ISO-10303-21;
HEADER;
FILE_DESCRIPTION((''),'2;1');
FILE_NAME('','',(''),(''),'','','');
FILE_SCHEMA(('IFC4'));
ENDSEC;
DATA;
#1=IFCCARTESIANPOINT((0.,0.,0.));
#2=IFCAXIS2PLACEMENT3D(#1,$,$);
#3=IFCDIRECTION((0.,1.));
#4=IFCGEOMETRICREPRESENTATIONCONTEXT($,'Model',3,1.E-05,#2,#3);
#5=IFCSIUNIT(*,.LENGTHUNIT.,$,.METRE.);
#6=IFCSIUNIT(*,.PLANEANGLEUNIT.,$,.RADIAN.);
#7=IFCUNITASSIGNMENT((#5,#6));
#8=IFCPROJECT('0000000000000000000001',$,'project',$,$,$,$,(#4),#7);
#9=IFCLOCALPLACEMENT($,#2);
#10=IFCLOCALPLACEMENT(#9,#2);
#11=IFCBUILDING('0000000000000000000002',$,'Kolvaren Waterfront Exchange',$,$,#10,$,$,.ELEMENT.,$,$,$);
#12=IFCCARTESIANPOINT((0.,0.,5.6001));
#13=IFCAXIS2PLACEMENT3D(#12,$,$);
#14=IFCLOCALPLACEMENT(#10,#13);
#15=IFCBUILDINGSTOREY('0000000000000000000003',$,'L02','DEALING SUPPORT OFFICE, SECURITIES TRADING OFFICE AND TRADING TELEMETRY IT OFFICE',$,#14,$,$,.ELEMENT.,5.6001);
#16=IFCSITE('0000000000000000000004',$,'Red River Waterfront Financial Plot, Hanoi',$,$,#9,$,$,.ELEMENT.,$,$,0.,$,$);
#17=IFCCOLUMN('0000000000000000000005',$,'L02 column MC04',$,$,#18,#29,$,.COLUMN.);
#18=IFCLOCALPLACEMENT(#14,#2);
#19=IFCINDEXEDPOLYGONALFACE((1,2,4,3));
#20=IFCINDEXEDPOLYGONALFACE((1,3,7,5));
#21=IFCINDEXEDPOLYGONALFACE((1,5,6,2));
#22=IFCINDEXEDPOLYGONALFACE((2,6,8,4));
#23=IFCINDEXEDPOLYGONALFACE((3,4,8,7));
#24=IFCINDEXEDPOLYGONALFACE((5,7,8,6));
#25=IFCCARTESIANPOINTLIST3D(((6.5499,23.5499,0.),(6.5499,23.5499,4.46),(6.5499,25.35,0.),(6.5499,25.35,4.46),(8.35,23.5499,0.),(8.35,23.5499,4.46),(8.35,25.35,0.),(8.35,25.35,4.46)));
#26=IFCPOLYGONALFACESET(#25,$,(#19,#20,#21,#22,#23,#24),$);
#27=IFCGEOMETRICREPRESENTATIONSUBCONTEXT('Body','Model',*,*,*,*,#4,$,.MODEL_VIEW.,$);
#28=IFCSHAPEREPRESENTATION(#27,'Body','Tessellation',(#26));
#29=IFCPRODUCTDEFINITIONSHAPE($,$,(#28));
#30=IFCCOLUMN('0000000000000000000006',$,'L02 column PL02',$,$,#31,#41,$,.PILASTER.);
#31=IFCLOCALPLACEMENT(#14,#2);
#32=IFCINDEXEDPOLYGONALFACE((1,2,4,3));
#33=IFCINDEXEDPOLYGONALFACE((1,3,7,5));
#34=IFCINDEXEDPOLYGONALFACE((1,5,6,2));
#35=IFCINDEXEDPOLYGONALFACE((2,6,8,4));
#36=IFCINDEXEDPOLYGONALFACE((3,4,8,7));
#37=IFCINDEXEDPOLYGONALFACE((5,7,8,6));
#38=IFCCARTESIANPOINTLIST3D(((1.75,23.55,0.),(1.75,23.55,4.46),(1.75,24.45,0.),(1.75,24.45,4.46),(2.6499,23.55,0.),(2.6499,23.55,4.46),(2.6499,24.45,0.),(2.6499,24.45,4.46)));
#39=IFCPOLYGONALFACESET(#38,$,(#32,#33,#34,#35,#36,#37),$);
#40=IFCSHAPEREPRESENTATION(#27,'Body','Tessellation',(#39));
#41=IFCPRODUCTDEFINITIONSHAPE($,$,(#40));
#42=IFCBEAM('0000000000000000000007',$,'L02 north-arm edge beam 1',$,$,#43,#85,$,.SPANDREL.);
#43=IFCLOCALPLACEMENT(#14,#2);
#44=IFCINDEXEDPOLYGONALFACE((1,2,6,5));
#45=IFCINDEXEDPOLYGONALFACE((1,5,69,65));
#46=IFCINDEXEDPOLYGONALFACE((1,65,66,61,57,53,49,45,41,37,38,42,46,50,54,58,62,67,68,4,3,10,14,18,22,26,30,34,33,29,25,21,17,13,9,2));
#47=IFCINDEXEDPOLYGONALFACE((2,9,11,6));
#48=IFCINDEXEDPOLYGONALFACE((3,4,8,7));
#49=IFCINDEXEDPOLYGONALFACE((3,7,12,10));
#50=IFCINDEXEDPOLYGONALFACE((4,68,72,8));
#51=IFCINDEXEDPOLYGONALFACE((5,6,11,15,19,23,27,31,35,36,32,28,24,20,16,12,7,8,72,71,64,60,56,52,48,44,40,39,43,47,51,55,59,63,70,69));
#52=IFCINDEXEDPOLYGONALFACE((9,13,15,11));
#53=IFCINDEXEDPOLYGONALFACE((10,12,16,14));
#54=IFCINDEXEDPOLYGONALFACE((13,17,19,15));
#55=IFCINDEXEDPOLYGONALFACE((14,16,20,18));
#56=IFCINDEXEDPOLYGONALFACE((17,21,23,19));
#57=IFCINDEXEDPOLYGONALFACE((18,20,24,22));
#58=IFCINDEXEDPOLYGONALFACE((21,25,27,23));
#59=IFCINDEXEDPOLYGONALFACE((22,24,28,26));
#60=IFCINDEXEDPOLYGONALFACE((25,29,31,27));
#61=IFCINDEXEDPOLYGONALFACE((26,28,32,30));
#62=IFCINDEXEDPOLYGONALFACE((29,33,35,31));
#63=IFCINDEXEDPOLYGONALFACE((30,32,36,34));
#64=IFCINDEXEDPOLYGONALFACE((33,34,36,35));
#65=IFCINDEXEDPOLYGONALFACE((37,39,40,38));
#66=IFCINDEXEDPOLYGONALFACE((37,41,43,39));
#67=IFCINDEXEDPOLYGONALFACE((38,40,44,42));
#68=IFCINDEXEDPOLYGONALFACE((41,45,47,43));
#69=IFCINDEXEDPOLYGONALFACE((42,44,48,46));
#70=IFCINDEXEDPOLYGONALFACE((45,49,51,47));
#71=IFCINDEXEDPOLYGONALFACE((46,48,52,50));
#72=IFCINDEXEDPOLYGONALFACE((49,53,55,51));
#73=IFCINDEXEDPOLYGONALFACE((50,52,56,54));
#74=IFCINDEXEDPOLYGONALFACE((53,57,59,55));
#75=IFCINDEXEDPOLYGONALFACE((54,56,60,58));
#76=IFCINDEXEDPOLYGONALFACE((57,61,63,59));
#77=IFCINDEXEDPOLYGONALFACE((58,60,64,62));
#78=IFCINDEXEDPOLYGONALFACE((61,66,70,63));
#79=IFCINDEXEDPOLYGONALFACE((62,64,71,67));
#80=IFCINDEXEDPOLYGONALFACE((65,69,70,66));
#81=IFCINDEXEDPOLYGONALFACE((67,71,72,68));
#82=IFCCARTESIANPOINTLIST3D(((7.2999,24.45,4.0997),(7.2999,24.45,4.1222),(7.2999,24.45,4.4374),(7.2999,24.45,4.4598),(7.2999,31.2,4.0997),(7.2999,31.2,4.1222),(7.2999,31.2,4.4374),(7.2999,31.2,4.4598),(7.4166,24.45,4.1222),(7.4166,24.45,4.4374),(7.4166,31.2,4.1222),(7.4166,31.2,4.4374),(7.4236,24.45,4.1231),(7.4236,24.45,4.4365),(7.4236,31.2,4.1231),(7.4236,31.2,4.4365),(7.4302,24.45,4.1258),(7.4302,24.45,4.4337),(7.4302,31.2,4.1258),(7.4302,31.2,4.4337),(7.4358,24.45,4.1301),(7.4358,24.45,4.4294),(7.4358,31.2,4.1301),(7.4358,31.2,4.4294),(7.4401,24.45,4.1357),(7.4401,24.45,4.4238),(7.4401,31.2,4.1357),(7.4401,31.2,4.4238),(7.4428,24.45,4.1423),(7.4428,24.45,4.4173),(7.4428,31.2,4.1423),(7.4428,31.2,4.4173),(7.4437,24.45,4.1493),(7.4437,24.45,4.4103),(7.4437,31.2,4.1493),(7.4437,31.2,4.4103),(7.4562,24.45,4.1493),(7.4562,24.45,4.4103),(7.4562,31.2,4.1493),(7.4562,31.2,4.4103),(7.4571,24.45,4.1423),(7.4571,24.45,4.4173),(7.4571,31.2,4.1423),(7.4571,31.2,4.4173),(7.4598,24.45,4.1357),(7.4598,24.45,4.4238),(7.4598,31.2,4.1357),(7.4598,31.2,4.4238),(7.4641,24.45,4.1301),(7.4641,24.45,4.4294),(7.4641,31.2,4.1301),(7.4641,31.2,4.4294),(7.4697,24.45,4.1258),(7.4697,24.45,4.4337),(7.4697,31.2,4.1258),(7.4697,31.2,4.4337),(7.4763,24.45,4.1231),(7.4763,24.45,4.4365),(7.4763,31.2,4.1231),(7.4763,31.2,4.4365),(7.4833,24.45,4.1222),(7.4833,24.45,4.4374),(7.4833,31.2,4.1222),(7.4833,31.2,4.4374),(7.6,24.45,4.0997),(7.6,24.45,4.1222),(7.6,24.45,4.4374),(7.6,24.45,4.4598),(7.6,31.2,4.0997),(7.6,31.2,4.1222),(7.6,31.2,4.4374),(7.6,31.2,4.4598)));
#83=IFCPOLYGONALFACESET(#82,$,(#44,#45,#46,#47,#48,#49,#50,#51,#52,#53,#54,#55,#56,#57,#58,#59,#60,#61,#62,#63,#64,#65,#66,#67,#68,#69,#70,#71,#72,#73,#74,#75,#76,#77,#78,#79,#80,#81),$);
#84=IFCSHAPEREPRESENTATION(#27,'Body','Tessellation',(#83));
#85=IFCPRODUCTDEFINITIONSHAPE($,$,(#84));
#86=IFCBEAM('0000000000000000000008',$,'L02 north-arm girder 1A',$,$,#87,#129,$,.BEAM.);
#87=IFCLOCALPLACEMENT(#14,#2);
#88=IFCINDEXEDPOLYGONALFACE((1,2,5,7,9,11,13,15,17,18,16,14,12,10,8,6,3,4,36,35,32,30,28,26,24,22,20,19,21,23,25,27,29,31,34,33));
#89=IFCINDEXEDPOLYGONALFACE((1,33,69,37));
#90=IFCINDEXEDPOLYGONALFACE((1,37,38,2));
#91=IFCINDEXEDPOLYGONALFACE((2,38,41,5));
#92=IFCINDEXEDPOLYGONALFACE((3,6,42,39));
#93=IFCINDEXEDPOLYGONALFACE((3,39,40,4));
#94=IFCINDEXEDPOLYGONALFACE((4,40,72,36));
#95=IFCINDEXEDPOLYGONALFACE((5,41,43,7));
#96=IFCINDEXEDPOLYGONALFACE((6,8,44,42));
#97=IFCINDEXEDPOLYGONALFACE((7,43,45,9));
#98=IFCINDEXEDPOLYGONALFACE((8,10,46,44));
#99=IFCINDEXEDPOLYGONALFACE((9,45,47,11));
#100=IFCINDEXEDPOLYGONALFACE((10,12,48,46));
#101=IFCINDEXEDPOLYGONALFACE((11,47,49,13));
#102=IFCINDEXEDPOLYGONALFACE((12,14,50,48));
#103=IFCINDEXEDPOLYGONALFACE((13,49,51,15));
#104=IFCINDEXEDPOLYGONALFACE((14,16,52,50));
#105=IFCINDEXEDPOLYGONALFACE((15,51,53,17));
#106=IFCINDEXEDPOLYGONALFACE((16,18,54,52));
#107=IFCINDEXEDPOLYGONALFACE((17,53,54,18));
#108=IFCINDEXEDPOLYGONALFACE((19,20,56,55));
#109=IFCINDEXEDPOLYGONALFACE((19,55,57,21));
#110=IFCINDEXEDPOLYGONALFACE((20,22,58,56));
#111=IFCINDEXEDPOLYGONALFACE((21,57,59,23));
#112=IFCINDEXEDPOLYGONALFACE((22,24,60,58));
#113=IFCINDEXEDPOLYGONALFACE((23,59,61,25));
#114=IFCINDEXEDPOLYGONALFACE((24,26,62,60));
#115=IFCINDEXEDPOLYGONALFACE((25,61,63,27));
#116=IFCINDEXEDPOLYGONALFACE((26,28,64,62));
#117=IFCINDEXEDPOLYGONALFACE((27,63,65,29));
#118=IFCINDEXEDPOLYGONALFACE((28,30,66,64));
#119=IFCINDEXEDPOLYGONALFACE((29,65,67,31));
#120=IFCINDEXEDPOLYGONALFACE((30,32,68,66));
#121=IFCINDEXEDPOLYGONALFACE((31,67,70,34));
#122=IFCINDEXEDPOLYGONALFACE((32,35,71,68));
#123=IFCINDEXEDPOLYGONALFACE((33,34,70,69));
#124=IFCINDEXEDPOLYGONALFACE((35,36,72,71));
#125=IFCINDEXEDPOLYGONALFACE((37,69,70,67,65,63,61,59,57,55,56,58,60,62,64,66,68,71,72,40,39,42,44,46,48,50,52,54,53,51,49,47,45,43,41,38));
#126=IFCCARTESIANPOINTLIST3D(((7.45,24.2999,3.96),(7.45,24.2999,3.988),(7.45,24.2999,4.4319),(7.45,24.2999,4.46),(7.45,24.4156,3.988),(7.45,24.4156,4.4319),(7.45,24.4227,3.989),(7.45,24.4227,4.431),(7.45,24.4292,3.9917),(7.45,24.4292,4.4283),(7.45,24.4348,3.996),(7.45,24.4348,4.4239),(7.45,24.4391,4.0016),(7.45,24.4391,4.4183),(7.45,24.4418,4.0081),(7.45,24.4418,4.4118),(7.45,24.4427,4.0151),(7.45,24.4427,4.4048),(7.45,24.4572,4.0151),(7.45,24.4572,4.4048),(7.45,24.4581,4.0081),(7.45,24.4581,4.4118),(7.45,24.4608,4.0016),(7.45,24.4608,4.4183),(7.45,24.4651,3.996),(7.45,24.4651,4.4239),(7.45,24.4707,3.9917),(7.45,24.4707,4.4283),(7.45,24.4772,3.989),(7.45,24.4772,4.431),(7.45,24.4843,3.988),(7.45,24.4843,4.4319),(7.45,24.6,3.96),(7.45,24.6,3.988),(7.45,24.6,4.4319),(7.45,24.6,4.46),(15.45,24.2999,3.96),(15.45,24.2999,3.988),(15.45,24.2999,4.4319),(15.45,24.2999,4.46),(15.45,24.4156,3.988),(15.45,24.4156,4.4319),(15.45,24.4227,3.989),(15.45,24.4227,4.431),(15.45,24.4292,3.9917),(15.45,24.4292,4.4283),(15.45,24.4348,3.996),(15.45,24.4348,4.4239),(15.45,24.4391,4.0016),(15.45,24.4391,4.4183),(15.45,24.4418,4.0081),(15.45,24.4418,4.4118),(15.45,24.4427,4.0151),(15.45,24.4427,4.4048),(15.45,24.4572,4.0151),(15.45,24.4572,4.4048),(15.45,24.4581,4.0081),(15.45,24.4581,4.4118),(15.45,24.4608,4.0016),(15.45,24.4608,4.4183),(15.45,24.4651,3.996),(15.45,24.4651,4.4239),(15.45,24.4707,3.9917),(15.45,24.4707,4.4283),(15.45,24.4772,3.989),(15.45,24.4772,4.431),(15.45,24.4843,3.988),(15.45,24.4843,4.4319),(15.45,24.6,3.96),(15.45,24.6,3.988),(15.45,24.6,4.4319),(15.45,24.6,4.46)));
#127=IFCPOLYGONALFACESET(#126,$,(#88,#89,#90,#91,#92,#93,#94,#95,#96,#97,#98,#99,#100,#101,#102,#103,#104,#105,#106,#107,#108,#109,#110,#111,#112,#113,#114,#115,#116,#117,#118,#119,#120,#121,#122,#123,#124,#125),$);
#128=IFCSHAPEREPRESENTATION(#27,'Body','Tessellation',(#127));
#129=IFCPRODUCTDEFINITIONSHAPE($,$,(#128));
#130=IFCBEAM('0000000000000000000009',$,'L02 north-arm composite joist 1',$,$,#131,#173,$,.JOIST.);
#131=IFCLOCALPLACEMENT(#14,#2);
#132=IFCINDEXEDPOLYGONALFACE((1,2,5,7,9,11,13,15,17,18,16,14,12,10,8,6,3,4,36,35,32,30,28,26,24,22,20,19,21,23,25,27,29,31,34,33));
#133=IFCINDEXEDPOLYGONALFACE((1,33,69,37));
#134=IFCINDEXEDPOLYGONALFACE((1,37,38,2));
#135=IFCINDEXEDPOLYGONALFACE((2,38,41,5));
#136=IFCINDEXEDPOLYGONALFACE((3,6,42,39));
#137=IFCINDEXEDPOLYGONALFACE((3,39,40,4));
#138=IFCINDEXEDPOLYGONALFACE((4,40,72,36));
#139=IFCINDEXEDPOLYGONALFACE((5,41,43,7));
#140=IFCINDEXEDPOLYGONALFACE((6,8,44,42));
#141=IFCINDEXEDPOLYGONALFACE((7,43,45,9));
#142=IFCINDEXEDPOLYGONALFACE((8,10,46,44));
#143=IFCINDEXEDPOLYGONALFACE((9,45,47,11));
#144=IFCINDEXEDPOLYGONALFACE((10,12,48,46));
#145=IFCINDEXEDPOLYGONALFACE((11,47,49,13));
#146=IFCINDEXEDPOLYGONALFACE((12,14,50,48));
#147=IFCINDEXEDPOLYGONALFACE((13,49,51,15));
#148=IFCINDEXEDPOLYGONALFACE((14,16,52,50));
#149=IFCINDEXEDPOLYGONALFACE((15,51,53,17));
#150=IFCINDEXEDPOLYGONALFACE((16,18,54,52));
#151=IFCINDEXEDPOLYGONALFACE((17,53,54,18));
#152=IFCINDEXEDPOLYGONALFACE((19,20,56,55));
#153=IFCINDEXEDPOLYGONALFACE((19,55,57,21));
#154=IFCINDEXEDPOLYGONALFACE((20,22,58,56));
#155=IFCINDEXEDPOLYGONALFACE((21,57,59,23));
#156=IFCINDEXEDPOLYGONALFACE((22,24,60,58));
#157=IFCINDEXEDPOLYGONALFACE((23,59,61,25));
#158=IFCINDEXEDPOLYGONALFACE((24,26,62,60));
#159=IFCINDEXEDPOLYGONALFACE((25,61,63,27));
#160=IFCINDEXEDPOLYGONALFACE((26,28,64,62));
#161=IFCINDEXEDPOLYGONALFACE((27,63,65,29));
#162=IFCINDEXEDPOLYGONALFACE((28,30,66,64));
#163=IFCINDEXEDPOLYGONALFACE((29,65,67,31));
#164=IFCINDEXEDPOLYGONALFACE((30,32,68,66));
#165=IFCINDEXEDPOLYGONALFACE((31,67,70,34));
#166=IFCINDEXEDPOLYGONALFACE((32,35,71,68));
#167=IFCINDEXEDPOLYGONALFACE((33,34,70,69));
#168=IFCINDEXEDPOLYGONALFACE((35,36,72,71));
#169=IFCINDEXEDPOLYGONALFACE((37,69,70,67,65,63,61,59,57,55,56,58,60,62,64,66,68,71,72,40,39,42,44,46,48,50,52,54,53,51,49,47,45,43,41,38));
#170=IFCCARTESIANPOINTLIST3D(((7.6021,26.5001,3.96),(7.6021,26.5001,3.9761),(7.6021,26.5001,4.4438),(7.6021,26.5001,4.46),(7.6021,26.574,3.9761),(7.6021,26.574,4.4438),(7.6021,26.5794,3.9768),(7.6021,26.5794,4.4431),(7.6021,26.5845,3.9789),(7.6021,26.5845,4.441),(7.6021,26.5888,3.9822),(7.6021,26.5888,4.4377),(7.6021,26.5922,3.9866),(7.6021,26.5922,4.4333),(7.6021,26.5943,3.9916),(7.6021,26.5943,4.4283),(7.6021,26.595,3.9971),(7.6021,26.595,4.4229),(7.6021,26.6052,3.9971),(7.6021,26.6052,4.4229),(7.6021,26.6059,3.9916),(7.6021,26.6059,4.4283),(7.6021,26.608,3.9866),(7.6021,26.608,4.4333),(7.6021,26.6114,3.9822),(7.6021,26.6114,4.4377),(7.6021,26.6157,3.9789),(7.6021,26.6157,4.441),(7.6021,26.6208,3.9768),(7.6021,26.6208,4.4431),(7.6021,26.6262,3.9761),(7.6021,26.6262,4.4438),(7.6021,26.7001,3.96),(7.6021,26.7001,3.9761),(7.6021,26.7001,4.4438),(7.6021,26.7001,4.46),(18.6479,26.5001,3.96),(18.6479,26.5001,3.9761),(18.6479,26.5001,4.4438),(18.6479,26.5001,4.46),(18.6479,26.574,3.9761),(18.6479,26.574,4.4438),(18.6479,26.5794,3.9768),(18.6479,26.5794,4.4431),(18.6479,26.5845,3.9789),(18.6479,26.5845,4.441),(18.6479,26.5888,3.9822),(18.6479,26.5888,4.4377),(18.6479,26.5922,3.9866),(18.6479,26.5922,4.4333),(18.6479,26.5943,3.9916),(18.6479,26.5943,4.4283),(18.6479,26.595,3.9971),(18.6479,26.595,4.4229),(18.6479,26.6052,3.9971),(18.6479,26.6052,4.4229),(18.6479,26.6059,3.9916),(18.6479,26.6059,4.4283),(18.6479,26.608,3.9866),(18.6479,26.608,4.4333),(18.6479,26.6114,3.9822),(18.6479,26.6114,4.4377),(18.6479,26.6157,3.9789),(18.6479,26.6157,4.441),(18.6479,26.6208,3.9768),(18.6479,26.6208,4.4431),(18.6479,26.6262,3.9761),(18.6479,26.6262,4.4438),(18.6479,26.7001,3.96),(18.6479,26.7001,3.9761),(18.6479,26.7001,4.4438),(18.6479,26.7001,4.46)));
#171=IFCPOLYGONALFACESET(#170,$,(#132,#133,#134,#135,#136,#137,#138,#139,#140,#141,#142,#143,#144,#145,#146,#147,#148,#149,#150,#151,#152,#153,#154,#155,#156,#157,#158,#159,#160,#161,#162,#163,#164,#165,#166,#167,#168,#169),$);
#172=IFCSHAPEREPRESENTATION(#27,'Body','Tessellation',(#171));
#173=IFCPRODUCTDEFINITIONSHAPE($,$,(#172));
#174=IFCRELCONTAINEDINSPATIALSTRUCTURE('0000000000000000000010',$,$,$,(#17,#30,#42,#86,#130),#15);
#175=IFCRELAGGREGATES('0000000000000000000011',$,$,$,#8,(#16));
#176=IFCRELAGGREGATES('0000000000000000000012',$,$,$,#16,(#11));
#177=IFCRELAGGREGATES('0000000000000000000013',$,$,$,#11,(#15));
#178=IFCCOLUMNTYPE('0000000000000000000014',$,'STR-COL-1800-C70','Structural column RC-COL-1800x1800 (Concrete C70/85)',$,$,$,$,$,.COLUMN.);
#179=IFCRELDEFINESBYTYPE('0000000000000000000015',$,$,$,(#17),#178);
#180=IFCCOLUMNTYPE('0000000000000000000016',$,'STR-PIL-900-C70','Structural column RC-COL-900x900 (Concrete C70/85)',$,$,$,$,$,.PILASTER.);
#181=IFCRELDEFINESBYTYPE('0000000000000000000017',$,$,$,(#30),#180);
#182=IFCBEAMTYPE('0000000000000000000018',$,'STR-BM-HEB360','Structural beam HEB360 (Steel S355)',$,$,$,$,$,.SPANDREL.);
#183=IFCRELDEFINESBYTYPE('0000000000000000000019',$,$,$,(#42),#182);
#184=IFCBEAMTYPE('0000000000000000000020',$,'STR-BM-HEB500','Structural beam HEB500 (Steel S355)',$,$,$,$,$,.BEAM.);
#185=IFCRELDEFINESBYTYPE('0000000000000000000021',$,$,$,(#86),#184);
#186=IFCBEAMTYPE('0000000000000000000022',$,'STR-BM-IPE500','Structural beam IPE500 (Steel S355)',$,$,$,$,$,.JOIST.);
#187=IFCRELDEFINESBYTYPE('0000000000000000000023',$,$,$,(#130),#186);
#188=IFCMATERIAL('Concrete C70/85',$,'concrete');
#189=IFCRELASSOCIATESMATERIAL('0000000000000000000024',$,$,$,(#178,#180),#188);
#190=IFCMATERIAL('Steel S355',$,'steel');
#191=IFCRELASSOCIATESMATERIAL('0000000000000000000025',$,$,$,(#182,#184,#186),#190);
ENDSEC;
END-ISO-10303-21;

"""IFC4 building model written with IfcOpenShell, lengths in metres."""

from ifc_helpers import new_model, si_unit, direction, frame, origin, origin_2d, place, context, subcontext, project, spatial, rectangle, i_section, extrude, material, material_profile, profile_set, type_object, element, save


model = new_model("IFC4")

# Units and contexts
model_context = context("Model", 3, precision=1e-05, world=origin(), true_north=direction((0.0, 1.0)))
body_context = subcontext(model_context, "Body", "Model", "MODEL_VIEW")
ifc_project = project(units=[si_unit("LENGTHUNIT", "METRE"), si_unit("PLANEANGLEUNIT", "RADIAN")], contexts=[model_context])

# Site, building, storey
site_placement = place(None, origin())
site = spatial("IfcSite", under=ifc_project, at=site_placement, Name="Red River Waterfront Financial Plot, Hanoi", CompositionType="ELEMENT", RefElevation=0.0)
building_placement = place(site_placement, origin())
building = spatial("IfcBuilding", under=site, at=building_placement, Name="Kolvaren Waterfront Exchange", CompositionType="ELEMENT")
storey_placement = place(building_placement, frame((0.0, 0.0, 5.6001)))
storey = spatial("IfcBuildingStorey", under=building, at=storey_placement, Name="L02", Description="DEALING SUPPORT OFFICE, SECURITIES TRADING OFFICE AND TRADING TELEMETRY IT OFFICE", CompositionType="ELEMENT", Elevation=5.6001)

# Columns
ifc_material_1 = material(Name="Concrete C70/85", Category="concrete")
ifc_material_profile_1 = material_profile(ifc_material_1, rectangle(XDim=1.8, YDim=1.8, at=origin_2d()), Name="RC-COL-1800x1800")
ifc_profile_set_1 = profile_set([ifc_material_profile_1], Name="Concrete C70/85")
column_type_1 = type_object("IfcColumnType", Name="STR-COL-1800-C70", Description="Structural column RC-COL-1800x1800 (Concrete C70/85)", PredefinedType="COLUMN", material=ifc_profile_set_1)
column_1_placement = place(storey_placement, frame((7.45, 24.45, 0.0), z_axis=(0.0, 0.0, 1.0), x_axis=(1.0, 0.0, 0.0)))
element("IfcColumn", 1, at=column_1_placement, inside=storey, type_object=column_type_1, Name="L02 column MC04", PredefinedType="COLUMN", context=body_context, shape_type="SweptSolid", body=[
    extrude(rectangle(XDim=1.8, YDim=1.8, at=origin_2d()), origin(), (0.0, 0.0, 1.0), 4.46),
])
ifc_material_profile_2 = material_profile(ifc_material_1, rectangle(XDim=0.8999, YDim=0.8999, at=origin_2d()), Name="RC-COL-900x900")
ifc_profile_set_2 = profile_set([ifc_material_profile_2], Name="Concrete C70/85")
column_type_2 = type_object("IfcColumnType", Name="STR-PIL-900-C70", Description="Structural column RC-COL-900x900 (Concrete C70/85)", PredefinedType="PILASTER", material=ifc_profile_set_2)
column_2_placement = place(storey_placement, frame((2.2, 24.0, 0.0), z_axis=(0.0, 0.0, 1.0), x_axis=(1.0, 0.0, 0.0)))
element("IfcColumn", 2, at=column_2_placement, inside=storey, type_object=column_type_2, Name="L02 column PL02", PredefinedType="PILASTER", context=body_context, shape_type="SweptSolid", body=[
    extrude(rectangle(XDim=0.8999, YDim=0.8999, at=origin_2d()), origin(), (0.0, 0.0, 1.0), 4.46),
])

# Beams
ifc_material_2 = material(Name="Steel S355", Category="steel")
ifc_material_profile_3 = material_profile(ifc_material_2, i_section(OverallWidth=0.3, OverallDepth=0.3601, WebThickness=0.0125, FlangeThickness=0.0225, FilletRadius=0.0271, at=origin_2d()), Name="HEB360")
ifc_profile_set_3 = profile_set([ifc_material_profile_3], Name="Steel S355")
beam_type_1 = type_object("IfcBeamType", Name="STR-BM-HEB360", Description="Structural beam HEB360 (Steel S355)", PredefinedType="SPANDREL", material=ifc_profile_set_3)
beam_1_placement = place(storey_placement, frame((7.45, 24.45, 4.2798), z_axis=(0.0, 1.0, 0.0), x_axis=(-1.0, 0.0, 0.0)))
element("IfcBeam", 3, at=beam_1_placement, inside=storey, type_object=beam_type_1, Name="L02 north-arm edge beam 1", PredefinedType="SPANDREL", context=body_context, shape_type="SweptSolid", body=[
    extrude(i_section(OverallWidth=0.3, OverallDepth=0.3601, WebThickness=0.0125, FlangeThickness=0.0225, FilletRadius=0.0271, at=origin_2d()), origin(), (0.0, 0.0, 1.0), 6.75),
])
ifc_material_profile_4 = material_profile(ifc_material_2, i_section(OverallWidth=0.3, OverallDepth=0.5, WebThickness=0.0144, FlangeThickness=0.0281, FilletRadius=0.0271, at=origin_2d()), Name="HEB500")
ifc_profile_set_4 = profile_set([ifc_material_profile_4], Name="Steel S355")
beam_type_2 = type_object("IfcBeamType", Name="STR-BM-HEB500", Description="Structural beam HEB500 (Steel S355)", PredefinedType="BEAM", material=ifc_profile_set_4)
beam_2_placement = place(storey_placement, frame((7.45, 24.45, 4.21), z_axis=(1.0, 0.0, 0.0), x_axis=(0.0, 1.0, 0.0)))
element("IfcBeam", 4, at=beam_2_placement, inside=storey, type_object=beam_type_2, Name="L02 north-arm girder 1A", PredefinedType="BEAM", context=body_context, shape_type="SweptSolid", body=[
    extrude(i_section(OverallWidth=0.3, OverallDepth=0.5, WebThickness=0.0144, FlangeThickness=0.0281, FilletRadius=0.0271, at=origin_2d()), origin(), (0.0, 0.0, 1.0), 8.0),
])
ifc_material_profile_5 = material_profile(ifc_material_2, i_section(OverallWidth=0.2, OverallDepth=0.5, WebThickness=0.0103, FlangeThickness=0.0161, FilletRadius=0.021, at=origin_2d()), Name="IPE500")
ifc_profile_set_5 = profile_set([ifc_material_profile_5], Name="Steel S355")
beam_type_3 = type_object("IfcBeamType", Name="STR-BM-IPE500", Description="Structural beam IPE500 (Steel S355)", PredefinedType="JOIST", material=ifc_profile_set_5)
for number, where, z_axis, x_axis, name in (
    (5, (7.6021, 26.6001, 4.21), (1.0, 0.0, 0.0), (0.0, 1.0, 0.0), "L02 north-arm composite joist 1"),
):
    element("IfcBeam", number, at=place(storey_placement, frame(where, z_axis=z_axis, x_axis=x_axis)), inside=storey, type_object=beam_type_3, Name=name, PredefinedType="JOIST", context=body_context, shape_type="SweptSolid", body=[
        extrude(i_section(OverallWidth=0.2, OverallDepth=0.5, WebThickness=0.0103, FlangeThickness=0.0161, FilletRadius=0.021, at=origin_2d()), origin(), (0.0, 0.0, 1.0), 11.0459),
    ])

save(model, "model.ifc")
